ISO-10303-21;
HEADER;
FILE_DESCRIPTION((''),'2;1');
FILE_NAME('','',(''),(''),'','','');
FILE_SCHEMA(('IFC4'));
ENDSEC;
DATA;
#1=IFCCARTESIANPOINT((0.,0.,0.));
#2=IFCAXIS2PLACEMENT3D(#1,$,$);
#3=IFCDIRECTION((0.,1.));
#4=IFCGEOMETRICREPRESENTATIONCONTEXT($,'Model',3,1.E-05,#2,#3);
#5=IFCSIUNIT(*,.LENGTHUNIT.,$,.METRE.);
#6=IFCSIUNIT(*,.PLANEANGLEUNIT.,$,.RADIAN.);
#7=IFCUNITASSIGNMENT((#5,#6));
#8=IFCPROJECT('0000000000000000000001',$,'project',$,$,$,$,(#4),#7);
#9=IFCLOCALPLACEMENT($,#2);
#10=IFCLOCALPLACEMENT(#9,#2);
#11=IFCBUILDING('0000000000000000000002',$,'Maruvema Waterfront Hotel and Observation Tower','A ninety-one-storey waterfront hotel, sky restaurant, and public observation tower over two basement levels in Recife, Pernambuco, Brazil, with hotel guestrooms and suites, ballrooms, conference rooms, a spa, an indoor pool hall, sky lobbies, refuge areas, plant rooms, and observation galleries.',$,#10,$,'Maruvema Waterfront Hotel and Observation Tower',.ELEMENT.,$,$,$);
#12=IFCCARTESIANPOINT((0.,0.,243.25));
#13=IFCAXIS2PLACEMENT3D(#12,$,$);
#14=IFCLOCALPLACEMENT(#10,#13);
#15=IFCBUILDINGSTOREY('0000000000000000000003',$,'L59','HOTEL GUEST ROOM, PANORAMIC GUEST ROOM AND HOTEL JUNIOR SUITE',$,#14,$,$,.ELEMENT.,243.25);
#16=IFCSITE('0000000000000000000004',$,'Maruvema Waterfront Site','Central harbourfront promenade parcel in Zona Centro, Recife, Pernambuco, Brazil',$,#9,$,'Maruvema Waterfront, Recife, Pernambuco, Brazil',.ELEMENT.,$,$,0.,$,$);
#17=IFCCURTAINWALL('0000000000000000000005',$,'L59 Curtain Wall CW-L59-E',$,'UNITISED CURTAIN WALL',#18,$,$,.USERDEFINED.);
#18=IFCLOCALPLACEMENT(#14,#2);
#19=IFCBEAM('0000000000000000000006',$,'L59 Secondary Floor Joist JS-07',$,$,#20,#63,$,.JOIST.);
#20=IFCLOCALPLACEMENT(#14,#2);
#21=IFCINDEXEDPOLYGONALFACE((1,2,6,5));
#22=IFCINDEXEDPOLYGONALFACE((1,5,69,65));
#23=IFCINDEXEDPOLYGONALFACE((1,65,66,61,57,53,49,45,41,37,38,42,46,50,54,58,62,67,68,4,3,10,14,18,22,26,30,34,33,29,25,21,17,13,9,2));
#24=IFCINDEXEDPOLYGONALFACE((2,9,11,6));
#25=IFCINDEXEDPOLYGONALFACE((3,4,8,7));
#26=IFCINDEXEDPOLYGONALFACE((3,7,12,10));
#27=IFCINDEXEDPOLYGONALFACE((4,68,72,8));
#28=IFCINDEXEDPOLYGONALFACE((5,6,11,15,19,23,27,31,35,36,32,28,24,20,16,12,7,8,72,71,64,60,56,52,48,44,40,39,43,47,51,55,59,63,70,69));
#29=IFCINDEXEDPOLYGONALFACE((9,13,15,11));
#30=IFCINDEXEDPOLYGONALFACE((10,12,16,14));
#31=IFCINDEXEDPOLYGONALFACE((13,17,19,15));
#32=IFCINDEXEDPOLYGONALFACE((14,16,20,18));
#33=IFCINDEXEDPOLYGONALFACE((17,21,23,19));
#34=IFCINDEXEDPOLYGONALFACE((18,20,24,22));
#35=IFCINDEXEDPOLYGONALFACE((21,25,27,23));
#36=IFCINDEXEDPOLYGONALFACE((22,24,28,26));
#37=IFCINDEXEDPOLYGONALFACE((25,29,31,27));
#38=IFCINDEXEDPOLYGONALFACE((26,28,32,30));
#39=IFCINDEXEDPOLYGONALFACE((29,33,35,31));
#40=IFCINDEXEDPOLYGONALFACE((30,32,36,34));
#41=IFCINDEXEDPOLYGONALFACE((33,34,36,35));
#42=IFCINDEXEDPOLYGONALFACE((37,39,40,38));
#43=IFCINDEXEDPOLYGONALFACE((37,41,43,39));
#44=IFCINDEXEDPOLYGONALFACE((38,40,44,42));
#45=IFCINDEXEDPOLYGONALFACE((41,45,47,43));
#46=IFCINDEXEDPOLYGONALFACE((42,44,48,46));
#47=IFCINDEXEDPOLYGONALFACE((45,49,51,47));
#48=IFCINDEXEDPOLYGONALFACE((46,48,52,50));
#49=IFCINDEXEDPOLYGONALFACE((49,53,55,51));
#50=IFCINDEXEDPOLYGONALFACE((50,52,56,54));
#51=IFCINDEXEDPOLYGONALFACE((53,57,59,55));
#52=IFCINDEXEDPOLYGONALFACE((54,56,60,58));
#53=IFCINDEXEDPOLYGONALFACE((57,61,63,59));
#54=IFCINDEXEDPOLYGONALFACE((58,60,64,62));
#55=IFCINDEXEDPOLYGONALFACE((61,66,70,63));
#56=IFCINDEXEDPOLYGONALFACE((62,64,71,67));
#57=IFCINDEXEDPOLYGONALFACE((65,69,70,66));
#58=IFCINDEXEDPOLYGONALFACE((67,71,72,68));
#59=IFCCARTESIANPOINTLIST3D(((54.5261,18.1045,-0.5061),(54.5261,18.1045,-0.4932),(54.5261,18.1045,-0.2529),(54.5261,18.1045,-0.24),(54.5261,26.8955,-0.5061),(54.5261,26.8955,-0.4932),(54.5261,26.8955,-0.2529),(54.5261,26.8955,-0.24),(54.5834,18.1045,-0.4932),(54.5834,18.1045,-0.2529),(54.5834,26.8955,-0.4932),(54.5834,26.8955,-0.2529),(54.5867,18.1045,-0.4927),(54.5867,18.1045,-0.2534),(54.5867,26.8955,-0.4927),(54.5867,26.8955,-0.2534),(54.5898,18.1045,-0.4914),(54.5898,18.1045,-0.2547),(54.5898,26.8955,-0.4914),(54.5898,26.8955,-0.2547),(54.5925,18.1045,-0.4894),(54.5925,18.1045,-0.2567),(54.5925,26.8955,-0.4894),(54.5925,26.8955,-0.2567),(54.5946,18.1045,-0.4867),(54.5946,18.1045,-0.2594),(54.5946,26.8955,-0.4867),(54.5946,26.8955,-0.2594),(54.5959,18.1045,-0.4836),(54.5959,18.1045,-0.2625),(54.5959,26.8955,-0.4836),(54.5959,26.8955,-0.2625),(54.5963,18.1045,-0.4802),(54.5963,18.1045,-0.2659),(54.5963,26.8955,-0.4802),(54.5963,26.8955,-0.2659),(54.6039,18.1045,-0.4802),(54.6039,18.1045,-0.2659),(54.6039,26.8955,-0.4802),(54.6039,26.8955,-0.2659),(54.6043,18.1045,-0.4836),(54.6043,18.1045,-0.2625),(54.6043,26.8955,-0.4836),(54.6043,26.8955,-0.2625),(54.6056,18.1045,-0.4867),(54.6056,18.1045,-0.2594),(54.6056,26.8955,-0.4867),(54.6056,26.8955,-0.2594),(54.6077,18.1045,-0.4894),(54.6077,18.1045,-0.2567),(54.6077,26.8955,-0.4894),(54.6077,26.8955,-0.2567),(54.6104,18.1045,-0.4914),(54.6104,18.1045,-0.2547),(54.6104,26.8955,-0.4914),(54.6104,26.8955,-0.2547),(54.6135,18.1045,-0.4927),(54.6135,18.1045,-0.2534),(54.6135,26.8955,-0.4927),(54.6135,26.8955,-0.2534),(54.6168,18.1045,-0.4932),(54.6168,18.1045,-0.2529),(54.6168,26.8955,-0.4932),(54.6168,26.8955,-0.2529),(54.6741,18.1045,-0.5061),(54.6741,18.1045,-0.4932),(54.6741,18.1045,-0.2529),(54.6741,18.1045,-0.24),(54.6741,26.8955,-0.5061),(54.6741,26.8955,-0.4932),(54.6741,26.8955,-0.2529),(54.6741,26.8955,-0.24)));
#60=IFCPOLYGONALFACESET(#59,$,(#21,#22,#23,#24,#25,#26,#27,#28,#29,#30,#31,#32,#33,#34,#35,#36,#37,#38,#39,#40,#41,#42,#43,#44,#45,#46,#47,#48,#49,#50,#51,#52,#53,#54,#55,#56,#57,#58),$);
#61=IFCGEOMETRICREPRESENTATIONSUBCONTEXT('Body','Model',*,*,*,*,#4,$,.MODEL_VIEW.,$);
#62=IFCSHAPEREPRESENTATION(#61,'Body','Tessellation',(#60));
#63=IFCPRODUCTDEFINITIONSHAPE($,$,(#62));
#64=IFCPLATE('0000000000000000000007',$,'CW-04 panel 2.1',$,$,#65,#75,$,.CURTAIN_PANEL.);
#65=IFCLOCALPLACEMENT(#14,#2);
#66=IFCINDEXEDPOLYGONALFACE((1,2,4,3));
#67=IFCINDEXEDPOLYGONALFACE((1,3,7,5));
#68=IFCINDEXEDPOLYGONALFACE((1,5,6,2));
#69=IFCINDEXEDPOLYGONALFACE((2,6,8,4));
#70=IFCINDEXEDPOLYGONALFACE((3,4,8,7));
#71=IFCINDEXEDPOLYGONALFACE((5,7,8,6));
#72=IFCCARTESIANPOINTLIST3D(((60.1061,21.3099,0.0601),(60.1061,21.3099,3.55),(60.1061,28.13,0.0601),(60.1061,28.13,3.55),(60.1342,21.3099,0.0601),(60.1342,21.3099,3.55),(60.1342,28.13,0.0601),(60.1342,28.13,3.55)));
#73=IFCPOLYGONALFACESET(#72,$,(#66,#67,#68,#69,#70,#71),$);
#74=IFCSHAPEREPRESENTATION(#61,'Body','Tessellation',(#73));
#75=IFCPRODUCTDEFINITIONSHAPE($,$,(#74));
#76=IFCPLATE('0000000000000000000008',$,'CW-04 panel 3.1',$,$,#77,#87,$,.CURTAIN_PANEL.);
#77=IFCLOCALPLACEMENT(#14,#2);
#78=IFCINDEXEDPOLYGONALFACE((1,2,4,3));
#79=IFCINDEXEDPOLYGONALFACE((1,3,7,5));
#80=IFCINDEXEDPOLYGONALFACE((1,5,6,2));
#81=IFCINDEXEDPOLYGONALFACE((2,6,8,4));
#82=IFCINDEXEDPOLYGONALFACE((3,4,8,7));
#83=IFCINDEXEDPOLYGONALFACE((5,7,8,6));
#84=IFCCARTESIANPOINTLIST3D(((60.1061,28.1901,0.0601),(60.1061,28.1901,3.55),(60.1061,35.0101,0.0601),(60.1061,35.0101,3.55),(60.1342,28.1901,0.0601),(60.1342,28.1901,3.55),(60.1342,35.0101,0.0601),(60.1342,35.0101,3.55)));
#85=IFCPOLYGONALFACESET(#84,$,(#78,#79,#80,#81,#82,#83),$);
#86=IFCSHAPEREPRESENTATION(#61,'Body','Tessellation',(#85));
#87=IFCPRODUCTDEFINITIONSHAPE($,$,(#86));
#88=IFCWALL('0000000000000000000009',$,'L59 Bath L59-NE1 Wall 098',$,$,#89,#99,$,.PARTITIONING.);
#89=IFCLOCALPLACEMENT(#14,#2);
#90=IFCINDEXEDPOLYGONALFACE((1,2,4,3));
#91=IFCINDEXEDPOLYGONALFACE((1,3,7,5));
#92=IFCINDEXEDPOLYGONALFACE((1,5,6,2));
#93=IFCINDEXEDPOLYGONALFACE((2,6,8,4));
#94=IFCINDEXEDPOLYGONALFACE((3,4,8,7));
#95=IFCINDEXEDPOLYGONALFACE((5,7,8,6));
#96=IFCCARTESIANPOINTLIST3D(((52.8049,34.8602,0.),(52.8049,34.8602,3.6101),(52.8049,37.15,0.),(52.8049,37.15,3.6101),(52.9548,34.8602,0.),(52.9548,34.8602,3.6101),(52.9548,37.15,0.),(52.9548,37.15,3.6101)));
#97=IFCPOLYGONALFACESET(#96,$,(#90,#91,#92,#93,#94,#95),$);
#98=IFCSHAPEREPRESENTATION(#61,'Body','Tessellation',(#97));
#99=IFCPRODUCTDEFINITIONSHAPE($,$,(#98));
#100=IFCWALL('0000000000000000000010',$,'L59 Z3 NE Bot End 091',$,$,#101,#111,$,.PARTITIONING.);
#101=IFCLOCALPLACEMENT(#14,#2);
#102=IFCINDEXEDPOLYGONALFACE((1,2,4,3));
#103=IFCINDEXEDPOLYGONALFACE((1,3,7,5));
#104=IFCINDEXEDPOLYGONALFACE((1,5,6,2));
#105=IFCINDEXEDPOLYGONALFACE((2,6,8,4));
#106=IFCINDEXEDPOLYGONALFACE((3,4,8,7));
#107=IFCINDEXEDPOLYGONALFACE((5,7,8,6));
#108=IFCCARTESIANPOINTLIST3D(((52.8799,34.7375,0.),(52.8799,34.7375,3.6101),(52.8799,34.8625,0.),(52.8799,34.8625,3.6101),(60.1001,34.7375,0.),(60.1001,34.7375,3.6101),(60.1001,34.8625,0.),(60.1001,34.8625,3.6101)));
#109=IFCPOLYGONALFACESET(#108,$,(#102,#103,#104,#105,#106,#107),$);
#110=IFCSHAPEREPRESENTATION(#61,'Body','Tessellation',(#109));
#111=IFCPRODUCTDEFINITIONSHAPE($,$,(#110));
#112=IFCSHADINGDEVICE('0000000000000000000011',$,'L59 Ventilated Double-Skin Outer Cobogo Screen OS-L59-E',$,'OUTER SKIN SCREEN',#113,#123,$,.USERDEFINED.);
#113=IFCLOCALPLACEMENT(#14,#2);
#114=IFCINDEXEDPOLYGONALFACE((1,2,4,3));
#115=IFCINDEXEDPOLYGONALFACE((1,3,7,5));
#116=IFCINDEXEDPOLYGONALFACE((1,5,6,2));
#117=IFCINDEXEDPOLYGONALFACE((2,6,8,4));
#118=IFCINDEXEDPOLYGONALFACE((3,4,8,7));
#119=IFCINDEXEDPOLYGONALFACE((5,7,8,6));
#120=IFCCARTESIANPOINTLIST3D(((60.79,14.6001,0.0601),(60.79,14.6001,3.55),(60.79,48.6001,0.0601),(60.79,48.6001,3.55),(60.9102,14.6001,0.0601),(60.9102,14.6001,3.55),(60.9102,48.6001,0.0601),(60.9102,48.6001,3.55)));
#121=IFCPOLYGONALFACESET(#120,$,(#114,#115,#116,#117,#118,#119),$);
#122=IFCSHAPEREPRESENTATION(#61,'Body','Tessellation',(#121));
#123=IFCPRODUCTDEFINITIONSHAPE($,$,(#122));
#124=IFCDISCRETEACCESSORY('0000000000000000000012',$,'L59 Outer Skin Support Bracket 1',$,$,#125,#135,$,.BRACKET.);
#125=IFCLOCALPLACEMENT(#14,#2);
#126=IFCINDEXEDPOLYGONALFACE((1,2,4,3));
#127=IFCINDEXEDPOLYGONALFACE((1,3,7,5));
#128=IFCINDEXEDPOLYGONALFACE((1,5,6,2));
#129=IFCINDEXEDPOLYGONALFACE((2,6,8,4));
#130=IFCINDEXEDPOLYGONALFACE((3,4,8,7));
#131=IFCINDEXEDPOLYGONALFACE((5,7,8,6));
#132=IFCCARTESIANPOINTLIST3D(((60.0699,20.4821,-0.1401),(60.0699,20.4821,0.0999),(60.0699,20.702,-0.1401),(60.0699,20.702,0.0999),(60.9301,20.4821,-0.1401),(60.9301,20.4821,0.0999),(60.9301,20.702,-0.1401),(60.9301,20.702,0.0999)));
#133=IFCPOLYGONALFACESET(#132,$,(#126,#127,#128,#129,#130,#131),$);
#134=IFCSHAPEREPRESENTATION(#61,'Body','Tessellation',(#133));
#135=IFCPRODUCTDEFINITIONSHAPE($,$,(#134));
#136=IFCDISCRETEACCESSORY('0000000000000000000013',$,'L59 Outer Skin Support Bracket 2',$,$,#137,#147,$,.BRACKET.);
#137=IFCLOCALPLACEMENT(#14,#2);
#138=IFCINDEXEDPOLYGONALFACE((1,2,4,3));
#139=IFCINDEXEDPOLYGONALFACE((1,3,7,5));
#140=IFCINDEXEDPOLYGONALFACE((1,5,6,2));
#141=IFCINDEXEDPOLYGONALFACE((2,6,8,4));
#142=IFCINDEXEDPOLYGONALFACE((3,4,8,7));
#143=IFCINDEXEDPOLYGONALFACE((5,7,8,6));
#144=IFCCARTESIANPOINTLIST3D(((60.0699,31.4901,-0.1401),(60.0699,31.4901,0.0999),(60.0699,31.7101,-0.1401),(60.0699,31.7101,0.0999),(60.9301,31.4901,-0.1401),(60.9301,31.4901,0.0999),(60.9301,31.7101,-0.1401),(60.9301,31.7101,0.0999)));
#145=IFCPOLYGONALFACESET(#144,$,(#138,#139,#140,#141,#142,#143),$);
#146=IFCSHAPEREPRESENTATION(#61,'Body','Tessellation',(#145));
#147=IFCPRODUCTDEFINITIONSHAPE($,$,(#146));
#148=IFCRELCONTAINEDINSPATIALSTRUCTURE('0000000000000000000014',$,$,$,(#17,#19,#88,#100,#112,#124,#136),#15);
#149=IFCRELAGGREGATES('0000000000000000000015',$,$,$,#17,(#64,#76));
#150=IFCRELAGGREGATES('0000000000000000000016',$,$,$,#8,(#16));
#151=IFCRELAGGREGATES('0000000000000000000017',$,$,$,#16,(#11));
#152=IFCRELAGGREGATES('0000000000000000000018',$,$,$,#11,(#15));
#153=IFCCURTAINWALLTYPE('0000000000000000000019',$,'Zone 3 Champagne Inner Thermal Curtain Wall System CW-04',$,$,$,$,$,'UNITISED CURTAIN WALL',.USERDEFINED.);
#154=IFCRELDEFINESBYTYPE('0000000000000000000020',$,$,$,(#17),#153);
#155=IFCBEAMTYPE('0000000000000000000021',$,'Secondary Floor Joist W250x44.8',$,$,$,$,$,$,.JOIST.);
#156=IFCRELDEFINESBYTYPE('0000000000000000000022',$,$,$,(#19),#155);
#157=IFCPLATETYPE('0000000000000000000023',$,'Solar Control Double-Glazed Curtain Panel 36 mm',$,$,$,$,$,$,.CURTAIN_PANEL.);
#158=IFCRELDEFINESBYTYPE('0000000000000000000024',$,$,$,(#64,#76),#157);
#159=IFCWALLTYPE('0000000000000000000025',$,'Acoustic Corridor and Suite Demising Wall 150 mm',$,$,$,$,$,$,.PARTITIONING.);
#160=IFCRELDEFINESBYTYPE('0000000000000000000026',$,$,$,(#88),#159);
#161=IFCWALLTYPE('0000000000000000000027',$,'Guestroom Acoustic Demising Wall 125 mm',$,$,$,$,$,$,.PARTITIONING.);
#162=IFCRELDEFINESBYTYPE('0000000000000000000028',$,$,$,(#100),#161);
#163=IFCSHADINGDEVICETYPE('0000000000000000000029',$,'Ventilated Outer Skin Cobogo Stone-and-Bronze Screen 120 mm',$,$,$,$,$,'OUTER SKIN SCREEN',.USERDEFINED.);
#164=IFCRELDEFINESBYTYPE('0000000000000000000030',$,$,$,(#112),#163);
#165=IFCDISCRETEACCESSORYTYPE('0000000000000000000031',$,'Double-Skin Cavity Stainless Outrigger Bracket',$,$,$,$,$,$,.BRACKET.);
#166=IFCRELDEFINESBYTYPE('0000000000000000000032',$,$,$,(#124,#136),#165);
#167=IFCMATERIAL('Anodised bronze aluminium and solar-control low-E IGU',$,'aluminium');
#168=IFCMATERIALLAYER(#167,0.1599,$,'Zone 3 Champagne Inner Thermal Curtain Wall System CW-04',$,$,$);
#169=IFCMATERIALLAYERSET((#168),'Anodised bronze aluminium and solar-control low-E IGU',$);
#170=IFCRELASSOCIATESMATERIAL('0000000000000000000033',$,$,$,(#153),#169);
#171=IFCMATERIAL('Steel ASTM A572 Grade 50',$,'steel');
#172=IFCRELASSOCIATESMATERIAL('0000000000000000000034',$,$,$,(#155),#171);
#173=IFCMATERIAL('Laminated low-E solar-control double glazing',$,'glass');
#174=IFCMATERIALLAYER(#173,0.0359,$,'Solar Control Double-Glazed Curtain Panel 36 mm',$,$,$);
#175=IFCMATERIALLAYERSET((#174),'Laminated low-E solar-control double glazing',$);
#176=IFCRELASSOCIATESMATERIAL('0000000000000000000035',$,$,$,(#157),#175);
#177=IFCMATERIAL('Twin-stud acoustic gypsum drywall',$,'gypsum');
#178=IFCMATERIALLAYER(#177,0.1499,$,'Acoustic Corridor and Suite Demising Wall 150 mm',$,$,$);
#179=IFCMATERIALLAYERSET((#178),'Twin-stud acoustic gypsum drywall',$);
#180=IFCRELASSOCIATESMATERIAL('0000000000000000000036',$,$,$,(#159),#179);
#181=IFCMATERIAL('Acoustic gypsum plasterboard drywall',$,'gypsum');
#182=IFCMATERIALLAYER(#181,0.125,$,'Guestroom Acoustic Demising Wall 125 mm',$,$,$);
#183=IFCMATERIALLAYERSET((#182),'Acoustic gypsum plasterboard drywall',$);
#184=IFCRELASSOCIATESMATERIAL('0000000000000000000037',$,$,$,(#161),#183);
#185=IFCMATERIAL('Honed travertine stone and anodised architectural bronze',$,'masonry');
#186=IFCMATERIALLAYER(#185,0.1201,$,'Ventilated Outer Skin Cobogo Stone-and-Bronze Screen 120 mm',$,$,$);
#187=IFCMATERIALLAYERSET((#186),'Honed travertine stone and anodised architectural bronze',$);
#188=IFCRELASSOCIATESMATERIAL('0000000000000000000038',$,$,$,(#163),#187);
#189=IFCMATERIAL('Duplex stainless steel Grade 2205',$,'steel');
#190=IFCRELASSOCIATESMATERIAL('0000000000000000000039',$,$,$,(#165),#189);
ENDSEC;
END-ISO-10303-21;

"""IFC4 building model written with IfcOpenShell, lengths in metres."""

from ifc_helpers import new_model, si_unit, direction, frame, frame_2d, origin, origin_2d, place, context, subcontext, project, spatial, rectangle, i_section, extrude, material, layer, layer_set, material_profile, profile_set, type_object, element, aggregate, save


model = new_model("IFC4")

# Units and contexts
model_context = context("Model", 3, precision=1e-05, world=origin(), true_north=direction((0.0, 1.0)))
body_context = subcontext(model_context, "Body", "Model", "MODEL_VIEW")
ifc_project = project(units=[si_unit("LENGTHUNIT", "METRE"), si_unit("PLANEANGLEUNIT", "RADIAN")], contexts=[model_context])

# Site, building, storey
site_placement = place(None, origin())
site = spatial("IfcSite", under=ifc_project, at=site_placement, Name="Maruvema Waterfront Site", Description="Central harbourfront promenade parcel in Zona Centro, Recife, Pernambuco, Brazil", LongName="Maruvema Waterfront, Recife, Pernambuco, Brazil", CompositionType="ELEMENT", RefElevation=0.0)
building_placement = place(site_placement, origin())
building = spatial("IfcBuilding", under=site, at=building_placement, Name="Maruvema Waterfront Hotel and Observation Tower", Description="A ninety-one-storey waterfront hotel, sky restaurant, and public observation tower over two basement levels in Recife, Pernambuco, Brazil, with hotel guestrooms and suites, ballrooms, conference rooms, a spa, an indoor pool hall, sky lobbies, refuge areas, plant rooms, and observation galleries.", LongName="Maruvema Waterfront Hotel and Observation Tower", CompositionType="ELEMENT")
storey_placement = place(building_placement, frame((0.0, 0.0, 243.25)))
storey = spatial("IfcBuildingStorey", under=building, at=storey_placement, Name="L59", Description="HOTEL GUEST ROOM, PANORAMIC GUEST ROOM AND HOTEL JUNIOR SUITE", CompositionType="ELEMENT", Elevation=243.25)

# Curtain wall
ifc_material_1 = material(Name="Anodised bronze aluminium and solar-control low-E IGU", Category="aluminium")
ifc_layer_1 = layer(ifc_material_1, 0.1599, Name="Zone 3 Champagne Inner Thermal Curtain Wall System CW-04")
ifc_layer_set_1 = layer_set([ifc_layer_1], Name="Anodised bronze aluminium and solar-control low-E IGU")
curtain_wall_type = type_object("IfcCurtainWallType", Name="Zone 3 Champagne Inner Thermal Curtain Wall System CW-04", ElementType="UNITISED CURTAIN WALL", PredefinedType="USERDEFINED", material=ifc_layer_set_1)
curtain_wall_placement = place(storey_placement, origin())
curtain_wall = element("IfcCurtainWall", 1, at=curtain_wall_placement, inside=storey, type_object=curtain_wall_type, Name="L59 Curtain Wall CW-L59-E", ObjectType="UNITISED CURTAIN WALL", PredefinedType="USERDEFINED")

# Beam
ifc_material_2 = material(Name="Steel ASTM A572 Grade 50", Category="steel")
ifc_material_profile_1 = material_profile(ifc_material_2, i_section(OverallWidth=0.1479, OverallDepth=0.2661, WebThickness=0.0076, FlangeThickness=0.0129, FilletRadius=0.0129, at=origin_2d()), Name="W250x44.8")
ifc_profile_set_1 = profile_set([ifc_material_profile_1], Name="Steel ASTM A572 Grade 50")
beam_type_1 = type_object("IfcBeamType", Name="Secondary Floor Joist W250x44.8", PredefinedType="JOIST", material=ifc_profile_set_1)
beam_1_placement = place(storey_placement, frame((54.6001, 18.1045, -0.373), z_axis=(0.0, 1.0, 0.0), x_axis=(-1.0, 0.0, 0.0)))
element("IfcBeam", 2, at=beam_1_placement, inside=storey, type_object=beam_type_1, Name="L59 Secondary Floor Joist JS-07", PredefinedType="JOIST", context=body_context, shape_type="SweptSolid", body=[
    extrude(i_section(OverallWidth=0.1479, OverallDepth=0.2661, WebThickness=0.0076, FlangeThickness=0.0129, FilletRadius=0.0129, at=origin_2d()), origin(), (0.0, 0.0, 1.0), 8.791),
])

# Plates
ifc_material_3 = material(Name="Laminated low-E solar-control double glazing", Category="glass")
ifc_layer_2 = layer(ifc_material_3, 0.0359, Name="Solar Control Double-Glazed Curtain Panel 36 mm")
ifc_layer_set_2 = layer_set([ifc_layer_2], Name="Laminated low-E solar-control double glazing")
plate_type = type_object("IfcPlateType", Name="Solar Control Double-Glazed Curtain Panel 36 mm", PredefinedType="CURTAIN_PANEL", material=ifc_layer_set_2)
plate_1_placement = place(storey_placement, frame((60.1201, 24.72, 0.0601), z_axis=(0.0, 0.0, 1.0), x_axis=(0.0, 1.0, 0.0)))
plate_1 = element("IfcPlate", 3, at=plate_1_placement, type_object=plate_type, Name="CW-04 panel 2.1", PredefinedType="CURTAIN_PANEL", context=body_context, shape_type="SweptSolid", body=[
    extrude(rectangle(XDim=6.8201, YDim=0.0281, at=origin_2d()), origin(), (0.0, 0.0, 1.0), 3.49),
])
plate_2_placement = place(storey_placement, frame((60.1201, 31.6001, 0.0601), z_axis=(0.0, 0.0, 1.0), x_axis=(0.0, 1.0, 0.0)))
plate_2 = element("IfcPlate", 4, at=plate_2_placement, type_object=plate_type, Name="CW-04 panel 3.1", PredefinedType="CURTAIN_PANEL", context=body_context, shape_type="SweptSolid", body=[
    extrude(rectangle(XDim=6.8201, YDim=0.0281, at=origin_2d()), origin(), (0.0, 0.0, 1.0), 3.49),
])
aggregate(curtain_wall, [plate_1, plate_2])

# Shared definitions
ifc_material_4 = material(Name="Twin-stud acoustic gypsum drywall", Category="gypsum")
ifc_layer_3 = layer(ifc_material_4, 0.1499, Name="Acoustic Corridor and Suite Demising Wall 150 mm")
ifc_layer_set_3 = layer_set([ifc_layer_3], Name="Twin-stud acoustic gypsum drywall")
wall_type_1 = type_object("IfcWallType", Name="Acoustic Corridor and Suite Demising Wall 150 mm", PredefinedType="PARTITIONING", material=ifc_layer_set_3)

# Walls
wall_1_placement = place(storey_placement, frame((52.8799, 34.8601, 0.0), z_axis=(0.0, 0.0, 1.0), x_axis=(0.0, 1.0, 0.0)))
element("IfcWall", 5, at=wall_1_placement, inside=storey, type_object=wall_type_1, Name="L59 Bath L59-NE1 Wall 098", PredefinedType="PARTITIONING", context=body_context, shape_type="SweptSolid", body=[
    extrude(rectangle(XDim=2.2898, YDim=0.1499, at=frame_2d((1.145, 0.0))), origin(), (0.0, 0.0, 1.0), 3.6101),
])
ifc_material_5 = material(Name="Acoustic gypsum plasterboard drywall", Category="gypsum")
ifc_layer_4 = layer(ifc_material_5, 0.125, Name="Guestroom Acoustic Demising Wall 125 mm")
ifc_layer_set_4 = layer_set([ifc_layer_4], Name="Acoustic gypsum plasterboard drywall")
wall_type_2 = type_object("IfcWallType", Name="Guestroom Acoustic Demising Wall 125 mm", PredefinedType="PARTITIONING", material=ifc_layer_set_4)
wall_2_placement = place(storey_placement, frame((52.8799, 34.8, 0.0), z_axis=(0.0, 0.0, 1.0), x_axis=(1.0, 0.0, 0.0)))
element("IfcWall", 6, at=wall_2_placement, inside=storey, type_object=wall_type_2, Name="L59 Z3 NE Bot End 091", PredefinedType="PARTITIONING", context=body_context, shape_type="SweptSolid", body=[
    extrude(rectangle(XDim=7.2202, YDim=0.125, at=frame_2d((3.6101, 0.0))), origin(), (0.0, 0.0, 1.0), 3.6101),
])

# Shading device
ifc_material_6 = material(Name="Honed travertine stone and anodised architectural bronze", Category="masonry")
ifc_layer_5 = layer(ifc_material_6, 0.1201, Name="Ventilated Outer Skin Cobogo Stone-and-Bronze Screen 120 mm")
ifc_layer_set_5 = layer_set([ifc_layer_5], Name="Honed travertine stone and anodised architectural bronze")
shading_device_type = type_object("IfcShadingDeviceType", Name="Ventilated Outer Skin Cobogo Stone-and-Bronze Screen 120 mm", ElementType="OUTER SKIN SCREEN", PredefinedType="USERDEFINED", material=ifc_layer_set_5)
shading_device_placement = place(storey_placement, frame((60.8501, 31.6001, 0.0601), z_axis=(0.0, 0.0, 1.0), x_axis=(0.0, 1.0, 0.0)))
element("IfcShadingDevice", 7, at=shading_device_placement, inside=storey, type_object=shading_device_type, Name="L59 Ventilated Double-Skin Outer Cobogo Screen OS-L59-E", ObjectType="OUTER SKIN SCREEN", PredefinedType="USERDEFINED", context=body_context, shape_type="SweptSolid", body=[
    extrude(rectangle(XDim=34.0, YDim=0.1201, at=origin_2d()), origin(), (0.0, 0.0, 1.0), 3.49),
])

# Discrete accessories
ifc_material_7 = material(Name="Duplex stainless steel Grade 2205", Category="steel")
discrete_accessory_type = type_object("IfcDiscreteAccessoryType", Name="Double-Skin Cavity Stainless Outrigger Bracket", PredefinedType="BRACKET", material=ifc_material_7)
for number, where, z_axis, x_axis, name in (
    (8, (60.5, 20.592, -0.1401), (0.0, 0.0, 1.0), (0.0, 1.0, 0.0), "L59 Outer Skin Support Bracket 1"),
    (9, (60.5, 31.6001, -0.1401), (0.0, 0.0, 1.0), (0.0, 1.0, 0.0), "L59 Outer Skin Support Bracket 2"),
):
    element("IfcDiscreteAccessory", number, at=place(storey_placement, frame(where, z_axis=z_axis, x_axis=x_axis)), inside=storey, type_object=discrete_accessory_type, Name=name, PredefinedType="BRACKET", context=body_context, shape_type="SweptSolid", body=[
        extrude(rectangle(XDim=0.22, YDim=0.8601, at=origin_2d()), origin(), (0.0, 0.0, 1.0), 0.24),
    ])

save(model, "model.ifc")
